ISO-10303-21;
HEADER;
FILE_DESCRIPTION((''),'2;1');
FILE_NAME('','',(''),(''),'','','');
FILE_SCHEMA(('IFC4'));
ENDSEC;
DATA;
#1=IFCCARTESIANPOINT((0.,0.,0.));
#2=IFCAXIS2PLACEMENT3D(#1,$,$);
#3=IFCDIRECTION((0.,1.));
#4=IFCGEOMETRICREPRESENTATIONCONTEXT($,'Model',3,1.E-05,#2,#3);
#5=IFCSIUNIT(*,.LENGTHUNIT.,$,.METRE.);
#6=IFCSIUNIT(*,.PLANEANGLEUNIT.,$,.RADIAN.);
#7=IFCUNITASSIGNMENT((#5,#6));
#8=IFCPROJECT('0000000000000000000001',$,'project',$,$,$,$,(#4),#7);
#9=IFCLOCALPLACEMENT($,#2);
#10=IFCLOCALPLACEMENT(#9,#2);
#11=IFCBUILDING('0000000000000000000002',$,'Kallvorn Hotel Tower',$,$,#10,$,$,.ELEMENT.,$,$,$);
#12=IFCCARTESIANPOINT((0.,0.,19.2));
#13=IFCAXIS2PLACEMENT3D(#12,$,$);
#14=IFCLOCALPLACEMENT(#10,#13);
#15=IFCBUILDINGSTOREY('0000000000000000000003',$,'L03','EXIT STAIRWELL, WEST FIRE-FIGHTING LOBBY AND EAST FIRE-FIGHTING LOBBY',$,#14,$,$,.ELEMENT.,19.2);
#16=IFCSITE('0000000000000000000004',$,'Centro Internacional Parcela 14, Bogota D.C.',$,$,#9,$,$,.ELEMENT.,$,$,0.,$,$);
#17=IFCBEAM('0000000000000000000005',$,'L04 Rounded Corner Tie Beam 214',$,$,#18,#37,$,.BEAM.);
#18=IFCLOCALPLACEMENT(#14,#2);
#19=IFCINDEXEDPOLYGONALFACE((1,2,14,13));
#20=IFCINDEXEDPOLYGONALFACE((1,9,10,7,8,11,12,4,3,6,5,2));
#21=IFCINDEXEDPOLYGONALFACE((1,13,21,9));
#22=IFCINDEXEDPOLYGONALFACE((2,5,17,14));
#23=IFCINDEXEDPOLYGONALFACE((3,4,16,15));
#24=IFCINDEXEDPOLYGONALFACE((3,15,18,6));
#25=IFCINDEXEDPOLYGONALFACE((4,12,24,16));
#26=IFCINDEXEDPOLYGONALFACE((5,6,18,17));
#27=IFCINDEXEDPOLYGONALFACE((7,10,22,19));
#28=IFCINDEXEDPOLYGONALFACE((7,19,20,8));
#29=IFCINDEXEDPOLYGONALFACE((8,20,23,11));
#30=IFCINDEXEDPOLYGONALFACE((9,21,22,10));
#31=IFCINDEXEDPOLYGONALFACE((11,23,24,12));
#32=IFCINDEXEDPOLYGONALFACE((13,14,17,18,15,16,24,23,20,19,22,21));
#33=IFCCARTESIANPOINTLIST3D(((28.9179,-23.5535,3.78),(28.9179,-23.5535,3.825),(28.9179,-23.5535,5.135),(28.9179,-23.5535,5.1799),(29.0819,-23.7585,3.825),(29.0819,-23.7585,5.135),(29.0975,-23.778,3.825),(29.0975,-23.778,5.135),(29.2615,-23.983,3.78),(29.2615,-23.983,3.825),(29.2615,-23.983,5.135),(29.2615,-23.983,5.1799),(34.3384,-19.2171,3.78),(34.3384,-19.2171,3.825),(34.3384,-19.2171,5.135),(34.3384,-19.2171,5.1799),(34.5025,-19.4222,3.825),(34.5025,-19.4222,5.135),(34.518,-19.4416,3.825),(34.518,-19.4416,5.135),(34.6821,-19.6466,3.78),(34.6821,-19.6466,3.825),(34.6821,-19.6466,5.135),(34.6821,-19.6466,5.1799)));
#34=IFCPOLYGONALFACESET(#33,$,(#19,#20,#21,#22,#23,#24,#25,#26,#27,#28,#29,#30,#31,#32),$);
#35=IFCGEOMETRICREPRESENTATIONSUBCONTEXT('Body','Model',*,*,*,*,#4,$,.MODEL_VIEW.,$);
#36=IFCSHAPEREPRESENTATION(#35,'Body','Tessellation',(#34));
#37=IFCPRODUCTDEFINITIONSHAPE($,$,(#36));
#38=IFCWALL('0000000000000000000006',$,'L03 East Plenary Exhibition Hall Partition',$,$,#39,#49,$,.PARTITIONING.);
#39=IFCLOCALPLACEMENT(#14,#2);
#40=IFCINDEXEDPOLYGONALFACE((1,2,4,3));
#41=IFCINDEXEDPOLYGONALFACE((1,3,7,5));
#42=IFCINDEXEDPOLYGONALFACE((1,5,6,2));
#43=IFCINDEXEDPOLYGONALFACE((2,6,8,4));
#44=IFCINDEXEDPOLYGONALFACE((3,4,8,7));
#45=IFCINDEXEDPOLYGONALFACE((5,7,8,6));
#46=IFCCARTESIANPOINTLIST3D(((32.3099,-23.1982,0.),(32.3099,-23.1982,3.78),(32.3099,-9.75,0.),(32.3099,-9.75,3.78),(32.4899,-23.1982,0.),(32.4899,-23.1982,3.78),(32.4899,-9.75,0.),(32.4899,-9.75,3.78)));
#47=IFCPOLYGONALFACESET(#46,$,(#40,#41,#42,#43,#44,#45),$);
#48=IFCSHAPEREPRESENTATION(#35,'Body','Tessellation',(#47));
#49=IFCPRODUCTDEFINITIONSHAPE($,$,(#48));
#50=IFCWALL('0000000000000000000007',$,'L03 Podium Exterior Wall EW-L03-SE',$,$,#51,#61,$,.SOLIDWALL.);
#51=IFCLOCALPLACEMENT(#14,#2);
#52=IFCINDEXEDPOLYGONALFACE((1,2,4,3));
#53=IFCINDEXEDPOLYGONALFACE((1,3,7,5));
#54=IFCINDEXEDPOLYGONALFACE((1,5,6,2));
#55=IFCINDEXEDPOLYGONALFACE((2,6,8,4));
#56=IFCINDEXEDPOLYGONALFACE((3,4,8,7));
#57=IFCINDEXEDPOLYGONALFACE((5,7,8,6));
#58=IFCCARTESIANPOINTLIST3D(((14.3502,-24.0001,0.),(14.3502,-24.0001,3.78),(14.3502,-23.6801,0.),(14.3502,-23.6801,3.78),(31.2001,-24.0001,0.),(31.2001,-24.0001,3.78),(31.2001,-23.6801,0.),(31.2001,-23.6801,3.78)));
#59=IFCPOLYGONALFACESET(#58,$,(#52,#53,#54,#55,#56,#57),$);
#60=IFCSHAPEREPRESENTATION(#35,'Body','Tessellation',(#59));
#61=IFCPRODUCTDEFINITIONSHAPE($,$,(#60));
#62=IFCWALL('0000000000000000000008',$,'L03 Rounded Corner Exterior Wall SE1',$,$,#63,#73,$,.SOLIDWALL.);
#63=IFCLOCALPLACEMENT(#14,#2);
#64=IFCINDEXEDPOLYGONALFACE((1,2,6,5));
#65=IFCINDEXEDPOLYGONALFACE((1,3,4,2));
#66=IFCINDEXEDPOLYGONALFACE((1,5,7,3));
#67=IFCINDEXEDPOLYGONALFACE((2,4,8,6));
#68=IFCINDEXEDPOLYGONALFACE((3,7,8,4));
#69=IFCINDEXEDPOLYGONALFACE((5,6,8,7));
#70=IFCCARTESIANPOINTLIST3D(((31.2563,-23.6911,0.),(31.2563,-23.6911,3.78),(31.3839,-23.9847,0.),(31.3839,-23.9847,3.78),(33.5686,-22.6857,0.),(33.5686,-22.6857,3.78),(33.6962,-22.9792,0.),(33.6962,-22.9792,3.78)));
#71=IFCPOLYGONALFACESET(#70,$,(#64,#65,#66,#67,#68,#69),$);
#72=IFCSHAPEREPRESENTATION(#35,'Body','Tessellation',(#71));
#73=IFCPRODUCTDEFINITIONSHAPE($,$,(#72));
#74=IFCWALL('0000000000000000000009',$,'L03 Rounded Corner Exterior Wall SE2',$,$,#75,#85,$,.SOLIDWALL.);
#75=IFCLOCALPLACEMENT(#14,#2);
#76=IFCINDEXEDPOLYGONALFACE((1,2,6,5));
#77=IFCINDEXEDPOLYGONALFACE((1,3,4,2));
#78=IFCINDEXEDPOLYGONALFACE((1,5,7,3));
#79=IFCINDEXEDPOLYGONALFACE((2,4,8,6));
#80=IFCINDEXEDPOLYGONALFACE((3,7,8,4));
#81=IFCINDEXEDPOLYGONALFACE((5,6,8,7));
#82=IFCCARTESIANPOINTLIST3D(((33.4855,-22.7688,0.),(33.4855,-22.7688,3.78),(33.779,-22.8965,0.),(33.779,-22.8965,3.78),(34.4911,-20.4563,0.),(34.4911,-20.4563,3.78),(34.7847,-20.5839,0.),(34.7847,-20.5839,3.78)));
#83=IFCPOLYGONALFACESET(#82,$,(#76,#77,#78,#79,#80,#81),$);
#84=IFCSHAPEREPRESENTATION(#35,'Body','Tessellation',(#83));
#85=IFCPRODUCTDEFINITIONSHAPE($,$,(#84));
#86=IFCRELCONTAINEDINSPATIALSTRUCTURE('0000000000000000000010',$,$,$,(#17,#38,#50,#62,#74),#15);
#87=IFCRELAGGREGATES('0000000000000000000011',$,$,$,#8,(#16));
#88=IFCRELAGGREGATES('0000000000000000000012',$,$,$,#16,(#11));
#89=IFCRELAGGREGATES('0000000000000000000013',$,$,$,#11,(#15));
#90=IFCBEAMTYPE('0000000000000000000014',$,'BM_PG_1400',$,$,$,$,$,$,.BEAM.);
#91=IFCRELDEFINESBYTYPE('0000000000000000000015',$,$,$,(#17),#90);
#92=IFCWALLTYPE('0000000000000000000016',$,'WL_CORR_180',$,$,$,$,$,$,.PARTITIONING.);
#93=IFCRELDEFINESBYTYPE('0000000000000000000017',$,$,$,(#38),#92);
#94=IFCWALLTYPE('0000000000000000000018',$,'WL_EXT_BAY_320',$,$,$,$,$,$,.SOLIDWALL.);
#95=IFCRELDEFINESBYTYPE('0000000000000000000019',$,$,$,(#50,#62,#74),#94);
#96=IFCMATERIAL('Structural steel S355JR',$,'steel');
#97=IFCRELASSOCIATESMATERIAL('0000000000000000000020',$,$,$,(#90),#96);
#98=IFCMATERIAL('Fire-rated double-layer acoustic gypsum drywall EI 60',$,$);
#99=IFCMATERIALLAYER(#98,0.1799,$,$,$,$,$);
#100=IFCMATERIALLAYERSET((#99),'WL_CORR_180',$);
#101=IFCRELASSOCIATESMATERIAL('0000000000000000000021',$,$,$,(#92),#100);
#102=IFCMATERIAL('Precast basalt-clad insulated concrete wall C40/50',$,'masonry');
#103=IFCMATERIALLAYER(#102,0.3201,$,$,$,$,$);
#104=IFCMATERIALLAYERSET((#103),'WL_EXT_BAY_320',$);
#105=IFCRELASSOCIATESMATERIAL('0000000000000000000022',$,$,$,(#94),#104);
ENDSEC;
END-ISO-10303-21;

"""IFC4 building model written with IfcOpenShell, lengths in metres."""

from ifc_helpers import new_model, si_unit, direction, frame, frame_2d, origin, origin_2d, place, context, subcontext, project, spatial, rectangle, i_section, extrude, material, layer, layer_set, material_profile, profile_set, type_object, element, save


model = new_model("IFC4")

# Units and contexts
model_context = context("Model", 3, precision=1e-05, world=origin(), true_north=direction((0.0, 1.0)))
body_context = subcontext(model_context, "Body", "Model", "MODEL_VIEW")
ifc_project = project(units=[si_unit("LENGTHUNIT", "METRE"), si_unit("PLANEANGLEUNIT", "RADIAN")], contexts=[model_context])

# Site, building, storey
site_placement = place(None, origin())
site = spatial("IfcSite", under=ifc_project, at=site_placement, Name="Centro Internacional Parcela 14, Bogota D.C.", CompositionType="ELEMENT", RefElevation=0.0)
building_placement = place(site_placement, origin())
building = spatial("IfcBuilding", under=site, at=building_placement, Name="Kallvorn Hotel Tower", CompositionType="ELEMENT")
storey_placement = place(building_placement, frame((0.0, 0.0, 19.2)))
storey = spatial("IfcBuildingStorey", under=building, at=storey_placement, Name="L03", Description="EXIT STAIRWELL, WEST FIRE-FIGHTING LOBBY AND EAST FIRE-FIGHTING LOBBY", CompositionType="ELEMENT", Elevation=19.2)

# Beam
ifc_material_1 = material(Name="Structural steel S355JR", Category="steel")
ifc_material_profile_1 = material_profile(ifc_material_1, i_section(OverallWidth=0.55, OverallDepth=1.3999, WebThickness=0.0249, FlangeThickness=0.0449, at=origin_2d()), Name="PG 1400x550x25x45")
ifc_profile_set_1 = profile_set([ifc_material_profile_1], Name="Structural steel S355JR")
beam_type_1 = type_object("IfcBeamType", Name="BM_PG_1400", PredefinedType="BEAM", material=ifc_profile_set_1)
beam_1_placement = place(storey_placement, frame((34.5103, -19.4319, 4.48), z_axis=(-0.780876, -0.624686, 0.0), x_axis=(0.624686, -0.780876, 0.0)))
element("IfcBeam", 1, at=beam_1_placement, inside=storey, type_object=beam_type_1, Name="L04 Rounded Corner Tie Beam 214", PredefinedType="BEAM", context=body_context, shape_type="SweptSolid", body=[
    extrude(i_section(OverallWidth=0.55, OverallDepth=1.3999, WebThickness=0.0249, FlangeThickness=0.0449, at=origin_2d()), origin(), (0.0, 0.0, 1.0), 6.9417),
])

# Walls
ifc_material_2 = material(Name="Fire-rated double-layer acoustic gypsum drywall EI 60")
ifc_layer_1 = layer(ifc_material_2, 0.1799)
ifc_layer_set_1 = layer_set([ifc_layer_1], Name="WL_CORR_180")
wall_type_1 = type_object("IfcWallType", Name="WL_CORR_180", PredefinedType="PARTITIONING", material=ifc_layer_set_1)
wall_1_placement = place(storey_placement, frame((32.3999, -23.1982, 0.0), z_axis=(0.0, 0.0, 1.0), x_axis=(0.0, 1.0, 0.0)))
element("IfcWall", 2, at=wall_1_placement, inside=storey, type_object=wall_type_1, Name="L03 East Plenary Exhibition Hall Partition", PredefinedType="PARTITIONING", context=body_context, shape_type="SweptSolid", body=[
    extrude(rectangle(XDim=13.4482, YDim=0.1799, at=frame_2d((6.7241, 0.0))), origin(), (0.0, 0.0, 1.0), 3.78),
])
ifc_material_3 = material(Name="Precast basalt-clad insulated concrete wall C40/50", Category="masonry")
ifc_layer_2 = layer(ifc_material_3, 0.3201)
ifc_layer_set_2 = layer_set([ifc_layer_2], Name="WL_EXT_BAY_320")
wall_type_2 = type_object("IfcWallType", Name="WL_EXT_BAY_320", PredefinedType="SOLIDWALL", material=ifc_layer_set_2)
wall_2_placement = place(storey_placement, frame((31.2, -23.8401, 0.0), z_axis=(0.0, 0.0, 1.0), x_axis=(-1.0, 0.0, 0.0)))
element("IfcWall", 3, at=wall_2_placement, inside=storey, type_object=wall_type_2, Name="L03 Podium Exterior Wall EW-L03-SE", PredefinedType="SOLIDWALL", context=body_context, shape_type="SweptSolid", body=[
    extrude(rectangle(XDim=16.8499, YDim=0.3201, at=frame_2d((8.4248, 0.0))), origin(), (0.0, 0.0, 1.0), 3.78),
])
wall_3_placement = place(storey_placement, frame((31.3201, -23.8379, 0.0), z_axis=(0.0, 0.0, 1.0), x_axis=(0.917064, 0.39874, 0.0)))
element("IfcWall", 4, at=wall_3_placement, inside=storey, type_object=wall_type_2, Name="L03 Rounded Corner Exterior Wall SE1", PredefinedType="SOLIDWALL", context=body_context, shape_type="SweptSolid", body=[
    extrude(rectangle(XDim=2.5215, YDim=0.3201, at=frame_2d((1.2607, 0.0))), origin(), (0.0, 0.0, 1.0), 3.78),
])
wall_4_placement = place(storey_placement, frame((33.6323, -22.8325, 0.0), z_axis=(0.0, 0.0, 1.0), x_axis=(0.398786, 0.917044, 0.0)))
element("IfcWall", 5, at=wall_4_placement, inside=storey, type_object=wall_type_2, Name="L03 Rounded Corner Exterior Wall SE2", PredefinedType="SOLIDWALL", context=body_context, shape_type="SweptSolid", body=[
    extrude(rectangle(XDim=2.5217, YDim=0.3201, at=frame_2d((1.2607, 0.0))), origin(), (0.0, 0.0, 1.0), 3.78),
])

save(model, "model.ifc")
